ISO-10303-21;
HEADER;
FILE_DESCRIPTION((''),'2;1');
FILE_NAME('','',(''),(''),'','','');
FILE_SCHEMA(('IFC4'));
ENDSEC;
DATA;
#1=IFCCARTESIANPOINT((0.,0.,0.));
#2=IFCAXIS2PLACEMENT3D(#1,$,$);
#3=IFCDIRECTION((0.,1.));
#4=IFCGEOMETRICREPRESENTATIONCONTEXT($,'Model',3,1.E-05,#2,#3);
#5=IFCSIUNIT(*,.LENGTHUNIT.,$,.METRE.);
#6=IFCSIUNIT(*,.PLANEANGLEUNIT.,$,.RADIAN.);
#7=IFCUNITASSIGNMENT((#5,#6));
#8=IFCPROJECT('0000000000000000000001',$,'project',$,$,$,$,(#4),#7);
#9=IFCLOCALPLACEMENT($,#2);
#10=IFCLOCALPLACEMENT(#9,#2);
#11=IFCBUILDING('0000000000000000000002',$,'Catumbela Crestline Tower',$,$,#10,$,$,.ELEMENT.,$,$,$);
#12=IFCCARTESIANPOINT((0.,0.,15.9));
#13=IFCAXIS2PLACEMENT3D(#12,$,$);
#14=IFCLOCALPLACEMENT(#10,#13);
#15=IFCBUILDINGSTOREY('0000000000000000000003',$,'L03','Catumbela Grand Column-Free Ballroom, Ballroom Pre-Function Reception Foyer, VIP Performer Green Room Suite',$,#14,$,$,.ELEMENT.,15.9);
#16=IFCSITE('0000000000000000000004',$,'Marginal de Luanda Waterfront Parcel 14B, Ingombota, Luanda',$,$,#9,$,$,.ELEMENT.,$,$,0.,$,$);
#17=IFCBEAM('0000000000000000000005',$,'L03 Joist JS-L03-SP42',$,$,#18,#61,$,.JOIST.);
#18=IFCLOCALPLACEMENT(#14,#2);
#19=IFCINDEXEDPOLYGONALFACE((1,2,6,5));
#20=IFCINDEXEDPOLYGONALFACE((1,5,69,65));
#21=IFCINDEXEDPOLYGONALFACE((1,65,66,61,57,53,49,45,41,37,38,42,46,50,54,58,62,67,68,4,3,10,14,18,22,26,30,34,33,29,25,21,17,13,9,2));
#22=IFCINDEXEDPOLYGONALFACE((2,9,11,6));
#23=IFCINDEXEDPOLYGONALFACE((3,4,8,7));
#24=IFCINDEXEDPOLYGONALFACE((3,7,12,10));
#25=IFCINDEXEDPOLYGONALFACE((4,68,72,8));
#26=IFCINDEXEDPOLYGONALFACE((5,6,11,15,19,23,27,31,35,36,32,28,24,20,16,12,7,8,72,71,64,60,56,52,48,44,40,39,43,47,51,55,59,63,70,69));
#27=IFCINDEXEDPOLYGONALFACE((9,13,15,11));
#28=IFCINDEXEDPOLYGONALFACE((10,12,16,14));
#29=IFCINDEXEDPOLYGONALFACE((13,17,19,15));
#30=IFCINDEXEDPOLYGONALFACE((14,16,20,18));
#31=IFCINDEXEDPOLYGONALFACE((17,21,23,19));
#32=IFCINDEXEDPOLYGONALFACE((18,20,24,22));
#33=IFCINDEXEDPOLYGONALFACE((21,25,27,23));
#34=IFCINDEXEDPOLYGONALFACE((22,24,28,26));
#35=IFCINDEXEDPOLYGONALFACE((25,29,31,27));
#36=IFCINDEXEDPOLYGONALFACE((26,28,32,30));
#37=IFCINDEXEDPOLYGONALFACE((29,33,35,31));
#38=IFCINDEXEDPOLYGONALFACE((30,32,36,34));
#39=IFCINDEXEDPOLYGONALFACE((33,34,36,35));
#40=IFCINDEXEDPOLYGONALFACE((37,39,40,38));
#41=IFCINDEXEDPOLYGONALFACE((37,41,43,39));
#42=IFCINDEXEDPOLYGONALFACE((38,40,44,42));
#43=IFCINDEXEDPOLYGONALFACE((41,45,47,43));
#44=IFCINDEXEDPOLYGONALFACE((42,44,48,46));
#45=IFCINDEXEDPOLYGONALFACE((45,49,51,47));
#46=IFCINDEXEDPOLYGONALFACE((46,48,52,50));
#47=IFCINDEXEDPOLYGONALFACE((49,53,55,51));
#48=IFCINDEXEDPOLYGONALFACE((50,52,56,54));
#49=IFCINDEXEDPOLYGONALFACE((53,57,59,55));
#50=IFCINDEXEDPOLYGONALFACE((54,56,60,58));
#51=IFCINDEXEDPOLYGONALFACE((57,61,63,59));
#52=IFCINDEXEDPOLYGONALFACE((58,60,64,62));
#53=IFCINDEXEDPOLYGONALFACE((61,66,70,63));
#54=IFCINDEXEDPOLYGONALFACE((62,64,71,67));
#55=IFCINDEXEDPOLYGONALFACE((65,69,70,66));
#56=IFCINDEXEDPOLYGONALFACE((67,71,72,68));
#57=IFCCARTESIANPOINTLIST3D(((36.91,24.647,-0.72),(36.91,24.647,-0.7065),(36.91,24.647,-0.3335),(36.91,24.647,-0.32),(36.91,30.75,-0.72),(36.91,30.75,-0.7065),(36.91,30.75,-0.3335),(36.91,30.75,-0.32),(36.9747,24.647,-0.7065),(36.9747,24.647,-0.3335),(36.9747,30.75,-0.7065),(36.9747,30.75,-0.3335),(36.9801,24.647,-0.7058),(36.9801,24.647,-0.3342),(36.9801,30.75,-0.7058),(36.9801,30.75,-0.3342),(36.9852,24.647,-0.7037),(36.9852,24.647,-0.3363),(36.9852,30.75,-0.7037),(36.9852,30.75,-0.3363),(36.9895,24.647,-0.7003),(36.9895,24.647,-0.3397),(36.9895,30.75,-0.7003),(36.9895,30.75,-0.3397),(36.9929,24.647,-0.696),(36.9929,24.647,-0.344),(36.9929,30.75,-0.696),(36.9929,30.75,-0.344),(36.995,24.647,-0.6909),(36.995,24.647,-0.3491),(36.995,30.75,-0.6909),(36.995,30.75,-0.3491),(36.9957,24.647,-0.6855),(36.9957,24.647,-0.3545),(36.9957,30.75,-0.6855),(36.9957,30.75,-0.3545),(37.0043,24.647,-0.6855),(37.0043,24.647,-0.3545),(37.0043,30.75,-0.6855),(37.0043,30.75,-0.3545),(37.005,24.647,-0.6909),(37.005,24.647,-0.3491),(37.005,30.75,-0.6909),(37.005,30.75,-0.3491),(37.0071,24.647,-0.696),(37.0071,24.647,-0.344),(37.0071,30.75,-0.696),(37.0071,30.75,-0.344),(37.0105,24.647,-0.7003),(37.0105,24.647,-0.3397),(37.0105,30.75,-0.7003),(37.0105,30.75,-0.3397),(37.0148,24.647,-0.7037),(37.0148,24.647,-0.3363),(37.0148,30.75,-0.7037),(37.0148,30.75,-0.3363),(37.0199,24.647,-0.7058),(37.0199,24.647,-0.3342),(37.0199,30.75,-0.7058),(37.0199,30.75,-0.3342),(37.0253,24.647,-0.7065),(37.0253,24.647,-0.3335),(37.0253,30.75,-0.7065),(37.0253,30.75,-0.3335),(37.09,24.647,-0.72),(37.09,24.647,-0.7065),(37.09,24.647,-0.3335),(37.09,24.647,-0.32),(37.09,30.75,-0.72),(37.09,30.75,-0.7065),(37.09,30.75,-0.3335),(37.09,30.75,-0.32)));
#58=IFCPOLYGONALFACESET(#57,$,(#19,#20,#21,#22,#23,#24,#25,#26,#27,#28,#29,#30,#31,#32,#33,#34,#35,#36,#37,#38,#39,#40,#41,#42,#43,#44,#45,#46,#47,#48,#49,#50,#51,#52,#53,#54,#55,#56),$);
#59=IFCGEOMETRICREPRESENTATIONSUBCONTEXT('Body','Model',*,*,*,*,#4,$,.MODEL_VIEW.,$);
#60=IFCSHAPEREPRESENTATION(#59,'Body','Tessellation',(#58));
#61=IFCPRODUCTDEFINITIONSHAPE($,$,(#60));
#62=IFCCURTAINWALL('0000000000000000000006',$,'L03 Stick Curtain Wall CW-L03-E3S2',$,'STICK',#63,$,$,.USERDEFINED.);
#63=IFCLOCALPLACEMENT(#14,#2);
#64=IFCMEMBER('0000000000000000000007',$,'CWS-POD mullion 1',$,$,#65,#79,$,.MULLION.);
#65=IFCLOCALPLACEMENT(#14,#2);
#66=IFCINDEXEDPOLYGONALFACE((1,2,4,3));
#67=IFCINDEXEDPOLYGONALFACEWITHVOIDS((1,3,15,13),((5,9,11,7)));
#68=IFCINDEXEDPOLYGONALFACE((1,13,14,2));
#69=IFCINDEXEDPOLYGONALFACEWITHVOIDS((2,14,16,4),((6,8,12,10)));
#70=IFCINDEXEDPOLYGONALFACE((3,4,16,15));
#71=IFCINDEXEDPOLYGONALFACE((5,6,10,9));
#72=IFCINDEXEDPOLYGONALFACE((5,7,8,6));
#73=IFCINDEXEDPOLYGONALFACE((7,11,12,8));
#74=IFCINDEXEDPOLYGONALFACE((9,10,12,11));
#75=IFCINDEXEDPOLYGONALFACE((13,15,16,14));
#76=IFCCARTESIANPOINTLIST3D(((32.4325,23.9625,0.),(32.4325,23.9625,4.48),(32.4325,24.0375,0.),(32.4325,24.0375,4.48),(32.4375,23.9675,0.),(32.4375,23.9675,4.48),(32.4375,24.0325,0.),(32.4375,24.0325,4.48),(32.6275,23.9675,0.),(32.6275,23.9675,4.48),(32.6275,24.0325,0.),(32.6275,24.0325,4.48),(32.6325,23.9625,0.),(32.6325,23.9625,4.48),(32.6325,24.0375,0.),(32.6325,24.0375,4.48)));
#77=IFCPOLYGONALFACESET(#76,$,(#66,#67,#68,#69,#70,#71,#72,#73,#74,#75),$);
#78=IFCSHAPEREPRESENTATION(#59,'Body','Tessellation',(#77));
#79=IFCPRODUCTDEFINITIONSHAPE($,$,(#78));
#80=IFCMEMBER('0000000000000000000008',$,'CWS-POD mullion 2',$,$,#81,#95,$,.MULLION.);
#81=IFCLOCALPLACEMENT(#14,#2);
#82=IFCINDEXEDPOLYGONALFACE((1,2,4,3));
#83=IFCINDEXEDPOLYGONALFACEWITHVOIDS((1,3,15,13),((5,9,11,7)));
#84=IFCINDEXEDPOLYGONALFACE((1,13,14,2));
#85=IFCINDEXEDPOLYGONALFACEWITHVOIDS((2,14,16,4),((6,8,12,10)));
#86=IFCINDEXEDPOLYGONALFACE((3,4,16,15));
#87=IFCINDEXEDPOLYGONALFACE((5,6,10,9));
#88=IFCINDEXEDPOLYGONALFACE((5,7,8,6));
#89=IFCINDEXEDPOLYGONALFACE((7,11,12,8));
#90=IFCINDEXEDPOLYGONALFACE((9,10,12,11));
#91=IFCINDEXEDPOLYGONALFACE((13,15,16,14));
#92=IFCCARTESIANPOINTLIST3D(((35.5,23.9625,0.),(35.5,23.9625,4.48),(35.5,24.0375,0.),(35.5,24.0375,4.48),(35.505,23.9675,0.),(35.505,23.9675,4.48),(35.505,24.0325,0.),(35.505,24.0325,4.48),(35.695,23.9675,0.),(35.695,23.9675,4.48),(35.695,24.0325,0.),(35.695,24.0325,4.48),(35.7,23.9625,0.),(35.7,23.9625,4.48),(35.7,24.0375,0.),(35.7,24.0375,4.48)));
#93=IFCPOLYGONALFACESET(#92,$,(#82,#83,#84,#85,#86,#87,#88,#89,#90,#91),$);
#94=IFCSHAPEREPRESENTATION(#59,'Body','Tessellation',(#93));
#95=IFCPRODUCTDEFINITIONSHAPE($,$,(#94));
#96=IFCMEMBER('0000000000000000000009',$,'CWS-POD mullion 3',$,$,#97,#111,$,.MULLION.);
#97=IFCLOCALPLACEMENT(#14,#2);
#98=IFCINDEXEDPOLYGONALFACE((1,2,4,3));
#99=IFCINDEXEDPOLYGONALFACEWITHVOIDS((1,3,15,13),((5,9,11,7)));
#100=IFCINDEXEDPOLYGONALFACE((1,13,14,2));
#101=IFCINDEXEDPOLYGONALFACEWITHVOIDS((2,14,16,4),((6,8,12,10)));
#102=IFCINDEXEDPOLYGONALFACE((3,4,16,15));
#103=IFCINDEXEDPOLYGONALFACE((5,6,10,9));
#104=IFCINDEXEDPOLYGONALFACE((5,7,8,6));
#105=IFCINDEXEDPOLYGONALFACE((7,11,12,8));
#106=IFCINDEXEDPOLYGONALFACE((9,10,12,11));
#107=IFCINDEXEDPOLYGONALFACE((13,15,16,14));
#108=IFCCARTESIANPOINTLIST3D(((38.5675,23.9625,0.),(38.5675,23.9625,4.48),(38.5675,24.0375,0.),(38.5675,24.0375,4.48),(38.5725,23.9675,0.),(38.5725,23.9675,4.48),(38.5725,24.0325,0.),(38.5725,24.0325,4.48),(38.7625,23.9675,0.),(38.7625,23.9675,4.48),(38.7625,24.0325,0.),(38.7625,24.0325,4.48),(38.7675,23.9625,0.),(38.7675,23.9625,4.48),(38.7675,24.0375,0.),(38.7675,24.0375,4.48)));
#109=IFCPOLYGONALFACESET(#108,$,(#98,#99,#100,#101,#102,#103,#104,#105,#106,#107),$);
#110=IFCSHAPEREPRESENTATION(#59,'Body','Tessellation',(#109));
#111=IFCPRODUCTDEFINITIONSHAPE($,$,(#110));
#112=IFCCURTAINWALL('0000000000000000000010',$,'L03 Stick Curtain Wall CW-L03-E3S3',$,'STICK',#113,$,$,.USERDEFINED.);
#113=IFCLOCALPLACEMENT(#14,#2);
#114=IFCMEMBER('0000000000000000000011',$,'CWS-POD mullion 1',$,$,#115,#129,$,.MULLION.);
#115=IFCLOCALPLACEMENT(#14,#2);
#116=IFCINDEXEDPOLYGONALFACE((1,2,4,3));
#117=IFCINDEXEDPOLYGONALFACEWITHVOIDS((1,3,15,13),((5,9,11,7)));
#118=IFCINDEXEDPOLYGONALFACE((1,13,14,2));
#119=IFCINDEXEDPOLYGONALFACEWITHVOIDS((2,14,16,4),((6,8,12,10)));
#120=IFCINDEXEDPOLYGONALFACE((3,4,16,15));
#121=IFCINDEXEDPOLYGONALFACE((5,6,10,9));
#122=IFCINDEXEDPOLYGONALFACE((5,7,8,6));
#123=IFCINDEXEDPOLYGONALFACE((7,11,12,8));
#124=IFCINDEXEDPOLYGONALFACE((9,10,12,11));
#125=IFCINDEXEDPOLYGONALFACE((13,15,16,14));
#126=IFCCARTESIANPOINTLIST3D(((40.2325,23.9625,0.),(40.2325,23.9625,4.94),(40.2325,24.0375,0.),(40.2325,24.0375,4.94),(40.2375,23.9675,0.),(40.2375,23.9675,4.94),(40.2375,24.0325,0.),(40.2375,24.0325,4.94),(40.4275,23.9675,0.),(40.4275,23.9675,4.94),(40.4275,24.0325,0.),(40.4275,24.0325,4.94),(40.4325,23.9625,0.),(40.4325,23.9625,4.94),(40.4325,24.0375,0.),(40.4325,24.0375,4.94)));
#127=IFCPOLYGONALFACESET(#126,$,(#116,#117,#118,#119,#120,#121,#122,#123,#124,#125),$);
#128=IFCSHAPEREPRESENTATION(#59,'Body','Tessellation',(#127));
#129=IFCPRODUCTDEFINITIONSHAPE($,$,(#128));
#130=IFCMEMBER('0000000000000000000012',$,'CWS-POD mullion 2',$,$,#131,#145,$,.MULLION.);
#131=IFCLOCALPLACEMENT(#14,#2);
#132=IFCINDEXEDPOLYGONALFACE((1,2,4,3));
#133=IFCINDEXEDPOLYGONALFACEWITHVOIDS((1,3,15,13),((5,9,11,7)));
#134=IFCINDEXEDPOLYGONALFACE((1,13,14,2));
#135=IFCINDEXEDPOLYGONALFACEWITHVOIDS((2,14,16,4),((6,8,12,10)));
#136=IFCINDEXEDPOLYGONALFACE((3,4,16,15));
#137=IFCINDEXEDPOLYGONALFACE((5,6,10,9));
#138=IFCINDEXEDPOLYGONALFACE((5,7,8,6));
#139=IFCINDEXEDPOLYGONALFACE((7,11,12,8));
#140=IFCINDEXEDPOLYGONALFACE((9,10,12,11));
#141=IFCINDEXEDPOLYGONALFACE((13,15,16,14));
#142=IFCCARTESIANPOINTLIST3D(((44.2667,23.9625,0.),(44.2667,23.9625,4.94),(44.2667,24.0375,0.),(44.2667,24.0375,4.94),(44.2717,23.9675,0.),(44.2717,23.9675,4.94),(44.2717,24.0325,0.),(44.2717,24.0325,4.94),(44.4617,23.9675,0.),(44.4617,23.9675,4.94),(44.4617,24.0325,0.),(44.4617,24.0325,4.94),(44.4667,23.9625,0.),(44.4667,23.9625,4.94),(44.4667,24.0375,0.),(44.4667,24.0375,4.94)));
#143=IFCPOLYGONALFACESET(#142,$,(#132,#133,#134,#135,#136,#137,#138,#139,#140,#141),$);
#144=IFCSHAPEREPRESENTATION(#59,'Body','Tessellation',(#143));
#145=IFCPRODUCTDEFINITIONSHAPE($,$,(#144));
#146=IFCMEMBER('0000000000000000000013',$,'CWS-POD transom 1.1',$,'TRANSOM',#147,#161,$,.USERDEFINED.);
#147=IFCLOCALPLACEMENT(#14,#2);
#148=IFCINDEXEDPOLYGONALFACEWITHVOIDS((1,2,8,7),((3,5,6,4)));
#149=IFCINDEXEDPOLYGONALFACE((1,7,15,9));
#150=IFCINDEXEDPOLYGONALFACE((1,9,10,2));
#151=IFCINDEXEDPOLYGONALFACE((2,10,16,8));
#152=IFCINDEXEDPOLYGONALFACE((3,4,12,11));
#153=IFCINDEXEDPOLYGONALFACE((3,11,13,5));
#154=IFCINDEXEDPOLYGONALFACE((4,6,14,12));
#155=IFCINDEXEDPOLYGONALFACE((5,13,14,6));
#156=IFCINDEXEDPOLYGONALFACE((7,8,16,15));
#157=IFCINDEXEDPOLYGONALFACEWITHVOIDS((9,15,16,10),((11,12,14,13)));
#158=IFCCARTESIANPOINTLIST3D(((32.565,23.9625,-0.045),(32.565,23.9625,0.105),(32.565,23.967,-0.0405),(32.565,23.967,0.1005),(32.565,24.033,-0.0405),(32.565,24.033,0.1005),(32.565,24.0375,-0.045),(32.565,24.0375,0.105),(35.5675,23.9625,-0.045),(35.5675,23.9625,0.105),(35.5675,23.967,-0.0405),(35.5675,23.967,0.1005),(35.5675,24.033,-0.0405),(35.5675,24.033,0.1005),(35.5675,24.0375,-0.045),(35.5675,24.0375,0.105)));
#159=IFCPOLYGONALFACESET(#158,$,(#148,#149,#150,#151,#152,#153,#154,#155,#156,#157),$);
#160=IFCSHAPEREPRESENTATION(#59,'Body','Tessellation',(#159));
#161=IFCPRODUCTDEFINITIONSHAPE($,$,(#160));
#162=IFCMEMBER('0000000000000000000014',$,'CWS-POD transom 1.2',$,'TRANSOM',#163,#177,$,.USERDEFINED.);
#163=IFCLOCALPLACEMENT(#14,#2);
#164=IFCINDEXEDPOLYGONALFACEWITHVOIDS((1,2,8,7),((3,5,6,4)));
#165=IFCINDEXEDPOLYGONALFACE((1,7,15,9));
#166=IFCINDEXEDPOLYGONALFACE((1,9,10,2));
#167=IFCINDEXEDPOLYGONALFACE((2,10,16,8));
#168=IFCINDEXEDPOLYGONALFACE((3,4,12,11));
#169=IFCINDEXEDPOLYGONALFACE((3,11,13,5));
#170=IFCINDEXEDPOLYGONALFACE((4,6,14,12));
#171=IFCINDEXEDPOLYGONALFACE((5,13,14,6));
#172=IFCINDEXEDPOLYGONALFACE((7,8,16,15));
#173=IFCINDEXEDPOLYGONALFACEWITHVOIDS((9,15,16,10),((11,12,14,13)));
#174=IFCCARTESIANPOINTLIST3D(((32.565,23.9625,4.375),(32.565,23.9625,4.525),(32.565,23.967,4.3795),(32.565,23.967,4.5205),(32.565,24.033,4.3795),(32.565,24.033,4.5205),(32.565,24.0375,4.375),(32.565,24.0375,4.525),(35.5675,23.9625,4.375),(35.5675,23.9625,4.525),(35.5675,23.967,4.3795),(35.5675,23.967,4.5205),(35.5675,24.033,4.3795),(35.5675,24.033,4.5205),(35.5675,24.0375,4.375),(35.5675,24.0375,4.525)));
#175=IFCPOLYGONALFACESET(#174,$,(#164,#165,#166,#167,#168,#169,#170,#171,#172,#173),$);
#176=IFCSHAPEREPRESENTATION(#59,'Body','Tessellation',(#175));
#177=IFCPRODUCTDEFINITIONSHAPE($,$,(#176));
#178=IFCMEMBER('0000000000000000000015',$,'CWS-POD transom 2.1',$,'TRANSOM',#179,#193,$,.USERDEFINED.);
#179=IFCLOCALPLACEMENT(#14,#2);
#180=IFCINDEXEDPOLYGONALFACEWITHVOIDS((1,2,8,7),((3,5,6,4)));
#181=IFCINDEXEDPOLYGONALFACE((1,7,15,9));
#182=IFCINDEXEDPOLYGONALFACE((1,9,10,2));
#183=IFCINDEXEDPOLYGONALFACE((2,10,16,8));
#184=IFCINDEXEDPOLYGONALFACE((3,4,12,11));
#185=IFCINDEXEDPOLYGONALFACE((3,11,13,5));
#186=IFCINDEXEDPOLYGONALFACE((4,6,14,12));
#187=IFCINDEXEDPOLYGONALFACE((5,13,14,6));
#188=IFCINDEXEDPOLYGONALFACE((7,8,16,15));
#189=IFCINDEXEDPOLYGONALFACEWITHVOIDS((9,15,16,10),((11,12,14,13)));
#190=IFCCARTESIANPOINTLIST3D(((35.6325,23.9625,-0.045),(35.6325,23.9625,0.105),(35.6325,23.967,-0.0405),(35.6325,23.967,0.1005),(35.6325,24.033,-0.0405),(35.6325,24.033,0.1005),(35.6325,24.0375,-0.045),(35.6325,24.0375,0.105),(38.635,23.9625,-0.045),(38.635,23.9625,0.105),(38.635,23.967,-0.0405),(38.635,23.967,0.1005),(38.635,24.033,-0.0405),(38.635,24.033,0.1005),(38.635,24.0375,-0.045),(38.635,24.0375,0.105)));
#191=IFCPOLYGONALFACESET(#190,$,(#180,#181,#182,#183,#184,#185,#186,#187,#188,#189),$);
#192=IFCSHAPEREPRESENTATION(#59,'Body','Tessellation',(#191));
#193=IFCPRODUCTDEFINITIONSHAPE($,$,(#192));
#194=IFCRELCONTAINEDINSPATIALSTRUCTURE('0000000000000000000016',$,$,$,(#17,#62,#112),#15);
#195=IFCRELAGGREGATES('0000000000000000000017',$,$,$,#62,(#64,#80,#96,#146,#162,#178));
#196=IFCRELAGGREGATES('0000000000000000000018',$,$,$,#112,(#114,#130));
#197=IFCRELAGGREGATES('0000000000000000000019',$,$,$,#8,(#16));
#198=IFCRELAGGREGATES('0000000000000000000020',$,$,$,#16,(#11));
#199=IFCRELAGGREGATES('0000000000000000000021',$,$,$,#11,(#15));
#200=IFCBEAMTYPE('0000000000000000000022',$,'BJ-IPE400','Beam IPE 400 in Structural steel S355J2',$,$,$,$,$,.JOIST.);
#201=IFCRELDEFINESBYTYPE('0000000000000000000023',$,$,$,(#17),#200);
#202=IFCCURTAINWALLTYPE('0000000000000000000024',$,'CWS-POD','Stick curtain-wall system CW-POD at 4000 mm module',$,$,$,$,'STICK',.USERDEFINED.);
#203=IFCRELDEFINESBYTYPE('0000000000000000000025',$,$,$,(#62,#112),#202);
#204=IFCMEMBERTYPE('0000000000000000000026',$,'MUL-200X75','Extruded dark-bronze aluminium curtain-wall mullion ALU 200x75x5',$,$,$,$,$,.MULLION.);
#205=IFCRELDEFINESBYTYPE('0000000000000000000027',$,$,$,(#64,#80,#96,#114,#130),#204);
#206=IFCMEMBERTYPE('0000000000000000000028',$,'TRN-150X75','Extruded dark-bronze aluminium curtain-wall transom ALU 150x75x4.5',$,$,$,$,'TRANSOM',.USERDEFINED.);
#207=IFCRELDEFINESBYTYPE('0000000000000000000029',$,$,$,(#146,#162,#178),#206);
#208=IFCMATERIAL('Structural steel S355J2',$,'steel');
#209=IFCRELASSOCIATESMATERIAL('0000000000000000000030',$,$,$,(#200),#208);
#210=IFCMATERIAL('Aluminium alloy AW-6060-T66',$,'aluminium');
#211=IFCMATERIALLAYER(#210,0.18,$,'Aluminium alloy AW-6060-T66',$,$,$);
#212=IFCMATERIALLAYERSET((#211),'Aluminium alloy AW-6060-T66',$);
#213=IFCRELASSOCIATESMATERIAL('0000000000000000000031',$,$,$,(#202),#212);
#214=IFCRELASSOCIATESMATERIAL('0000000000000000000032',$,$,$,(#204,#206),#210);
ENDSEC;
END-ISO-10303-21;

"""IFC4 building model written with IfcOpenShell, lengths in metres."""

from ifc_helpers import new_model, si_unit, direction, frame, origin, origin_2d, place, context, subcontext, project, spatial, hollow_rectangle, i_section, extrude, material, layer, layer_set, material_profile, profile_set, type_object, element, aggregate, save


model = new_model("IFC4")

# Units and contexts
model_context = context("Model", 3, precision=1e-05, world=origin(), true_north=direction((0.0, 1.0)))
body_context = subcontext(model_context, "Body", "Model", "MODEL_VIEW")
ifc_project = project(units=[si_unit("LENGTHUNIT", "METRE"), si_unit("PLANEANGLEUNIT", "RADIAN")], contexts=[model_context])

# Site, building, storey
site_placement = place(None, origin())
site = spatial("IfcSite", under=ifc_project, at=site_placement, Name="Marginal de Luanda Waterfront Parcel 14B, Ingombota, Luanda", CompositionType="ELEMENT", RefElevation=0.0)
building_placement = place(site_placement, origin())
building = spatial("IfcBuilding", under=site, at=building_placement, Name="Catumbela Crestline Tower", CompositionType="ELEMENT")
storey_placement = place(building_placement, frame((0.0, 0.0, 15.9)))
storey = spatial("IfcBuildingStorey", under=building, at=storey_placement, Name="L03", Description="Catumbela Grand Column-Free Ballroom, Ballroom Pre-Function Reception Foyer, VIP Performer Green Room Suite", CompositionType="ELEMENT", Elevation=15.9)

# Beam
ifc_material_1 = material(Name="Structural steel S355J2", Category="steel")
ifc_material_profile_1 = material_profile(ifc_material_1, i_section(OverallWidth=0.18, OverallDepth=0.4, WebThickness=0.0086, FlangeThickness=0.0135, FilletRadius=0.021, at=origin_2d()), Name="IPE 400")
ifc_profile_set_1 = profile_set([ifc_material_profile_1], Name="Structural steel S355J2")
beam_type_1 = type_object("IfcBeamType", Name="BJ-IPE400", Description="Beam IPE 400 in Structural steel S355J2", PredefinedType="JOIST", material=ifc_profile_set_1)
for number, where, z_axis, x_axis, name in (
    (1, (37.0, 24.647, -0.52), (0.0, 1.0, 0.0), (-1.0, 0.0, 0.0), "L03 Joist JS-L03-SP42"),
):
    element("IfcBeam", number, at=place(storey_placement, frame(where, z_axis=z_axis, x_axis=x_axis)), inside=storey, type_object=beam_type_1, Name=name, PredefinedType="JOIST", context=body_context, shape_type="SweptSolid", body=[
        extrude(i_section(OverallWidth=0.18, OverallDepth=0.4, WebThickness=0.0086, FlangeThickness=0.0135, FilletRadius=0.021, at=origin_2d()), origin(), (0.0, 0.0, 1.0), 6.103),
    ])

# Curtain walls, members
ifc_material_2 = material(Name="Aluminium alloy AW-6060-T66", Category="aluminium")
ifc_layer_1 = layer(ifc_material_2, 0.18, Name="Aluminium alloy AW-6060-T66")
ifc_layer_set_1 = layer_set([ifc_layer_1], Name="Aluminium alloy AW-6060-T66")
curtain_wall_type = type_object("IfcCurtainWallType", Name="CWS-POD", Description="Stick curtain-wall system CW-POD at 4000 mm module", ElementType="STICK", PredefinedType="USERDEFINED", material=ifc_layer_set_1)
curtain_wall_1_placement = place(storey_placement, origin())
curtain_wall_1 = element("IfcCurtainWall", 2, at=curtain_wall_1_placement, inside=storey, type_object=curtain_wall_type, Name="L03 Stick Curtain Wall CW-L03-E3S2", ObjectType="STICK", PredefinedType="USERDEFINED")
ifc_material_profile_2 = material_profile(ifc_material_2, hollow_rectangle(XDim=0.075, YDim=0.2, WallThickness=0.005, at=origin_2d()), Name="ALU 200x75x5")
ifc_profile_set_2 = profile_set([ifc_material_profile_2], Name="Aluminium alloy AW-6060-T66")
member_type_1 = type_object("IfcMemberType", Name="MUL-200X75", Description="Extruded dark-bronze aluminium curtain-wall mullion ALU 200x75x5", PredefinedType="MULLION", material=ifc_profile_set_2)
member_1_placement = place(storey_placement, frame((32.5325, 24.0, 0.0), z_axis=(0.0, 0.0, 1.0), x_axis=(0.0, 1.0, 0.0)))
member_1 = element("IfcMember", 3, at=member_1_placement, type_object=member_type_1, Name="CWS-POD mullion 1", PredefinedType="MULLION", context=body_context, shape_type="SweptSolid", body=[
    extrude(hollow_rectangle(XDim=0.075, YDim=0.2, WallThickness=0.005, at=origin_2d()), origin(), (0.0, 0.0, 1.0), 4.48),
])
member_2_placement = place(storey_placement, frame((35.6, 24.0, 0.0), z_axis=(0.0, 0.0, 1.0), x_axis=(0.0, 1.0, 0.0)))
member_2 = element("IfcMember", 4, at=member_2_placement, type_object=member_type_1, Name="CWS-POD mullion 2", PredefinedType="MULLION", context=body_context, shape_type="SweptSolid", body=[
    extrude(hollow_rectangle(XDim=0.075, YDim=0.2, WallThickness=0.005, at=origin_2d()), origin(), (0.0, 0.0, 1.0), 4.48),
])
member_3_placement = place(storey_placement, frame((38.6675, 24.0, 0.0), z_axis=(0.0, 0.0, 1.0), x_axis=(0.0, 1.0, 0.0)))
member_3 = element("IfcMember", 5, at=member_3_placement, type_object=member_type_1, Name="CWS-POD mullion 3", PredefinedType="MULLION", context=body_context, shape_type="SweptSolid", body=[
    extrude(hollow_rectangle(XDim=0.075, YDim=0.2, WallThickness=0.005, at=origin_2d()), origin(), (0.0, 0.0, 1.0), 4.48),
])
curtain_wall_2_placement = place(storey_placement, origin())
curtain_wall_2 = element("IfcCurtainWall", 6, at=curtain_wall_2_placement, inside=storey, type_object=curtain_wall_type, Name="L03 Stick Curtain Wall CW-L03-E3S3", ObjectType="STICK", PredefinedType="USERDEFINED")
member_4_placement = place(storey_placement, frame((40.3325, 24.0, 0.0), z_axis=(0.0, 0.0, 1.0), x_axis=(0.0, 1.0, 0.0)))
member_4 = element("IfcMember", 7, at=member_4_placement, type_object=member_type_1, Name="CWS-POD mullion 1", PredefinedType="MULLION", context=body_context, shape_type="SweptSolid", body=[
    extrude(hollow_rectangle(XDim=0.075, YDim=0.2, WallThickness=0.005, at=origin_2d()), origin(), (0.0, 0.0, 1.0), 4.94),
])
member_5_placement = place(storey_placement, frame((44.3667, 24.0, 0.0), z_axis=(0.0, 0.0, 1.0), x_axis=(0.0, 1.0, 0.0)))
member_5 = element("IfcMember", 8, at=member_5_placement, type_object=member_type_1, Name="CWS-POD mullion 2", PredefinedType="MULLION", context=body_context, shape_type="SweptSolid", body=[
    extrude(hollow_rectangle(XDim=0.075, YDim=0.2, WallThickness=0.005, at=origin_2d()), origin(), (0.0, 0.0, 1.0), 4.94),
])

# Members
ifc_material_profile_3 = material_profile(ifc_material_2, hollow_rectangle(XDim=0.075, YDim=0.15, WallThickness=0.0045, at=origin_2d()), Name="ALU 150x75x4.5")
ifc_profile_set_3 = profile_set([ifc_material_profile_3], Name="Aluminium alloy AW-6060-T66")
member_type_2 = type_object("IfcMemberType", Name="TRN-150X75", Description="Extruded dark-bronze aluminium curtain-wall transom ALU 150x75x4.5", ElementType="TRANSOM", PredefinedType="USERDEFINED", material=ifc_profile_set_3)
member_6_placement = place(storey_placement, frame((32.565, 24.0, 0.03), z_axis=(1.0, 0.0, 0.0), x_axis=(0.0, 1.0, 0.0)))
member_6 = element("IfcMember", 9, at=member_6_placement, type_object=member_type_2, Name="CWS-POD transom 1.1", ObjectType="TRANSOM", PredefinedType="USERDEFINED", context=body_context, shape_type="SweptSolid", body=[
    extrude(hollow_rectangle(XDim=0.075, YDim=0.15, WallThickness=0.0045, at=origin_2d()), origin(), (0.0, 0.0, 1.0), 3.0025),
])
member_7_placement = place(storey_placement, frame((32.565, 24.0, 4.45), z_axis=(1.0, 0.0, 0.0), x_axis=(0.0, 1.0, 0.0)))
member_7 = element("IfcMember", 10, at=member_7_placement, type_object=member_type_2, Name="CWS-POD transom 1.2", ObjectType="TRANSOM", PredefinedType="USERDEFINED", context=body_context, shape_type="SweptSolid", body=[
    extrude(hollow_rectangle(XDim=0.075, YDim=0.15, WallThickness=0.0045, at=origin_2d()), origin(), (0.0, 0.0, 1.0), 3.0025),
])
member_8_placement = place(storey_placement, frame((35.6325, 24.0, 0.03), z_axis=(1.0, 0.0, 0.0), x_axis=(0.0, 1.0, 0.0)))
member_8 = element("IfcMember", 11, at=member_8_placement, type_object=member_type_2, Name="CWS-POD transom 2.1", ObjectType="TRANSOM", PredefinedType="USERDEFINED", context=body_context, shape_type="SweptSolid", body=[
    extrude(hollow_rectangle(XDim=0.075, YDim=0.15, WallThickness=0.0045, at=origin_2d()), origin(), (0.0, 0.0, 1.0), 3.0025),
])

aggregate(curtain_wall_1, [member_1, member_2, member_3, member_6, member_7, member_8])
aggregate(curtain_wall_2, [member_4, member_5])

save(model, "model.ifc")
